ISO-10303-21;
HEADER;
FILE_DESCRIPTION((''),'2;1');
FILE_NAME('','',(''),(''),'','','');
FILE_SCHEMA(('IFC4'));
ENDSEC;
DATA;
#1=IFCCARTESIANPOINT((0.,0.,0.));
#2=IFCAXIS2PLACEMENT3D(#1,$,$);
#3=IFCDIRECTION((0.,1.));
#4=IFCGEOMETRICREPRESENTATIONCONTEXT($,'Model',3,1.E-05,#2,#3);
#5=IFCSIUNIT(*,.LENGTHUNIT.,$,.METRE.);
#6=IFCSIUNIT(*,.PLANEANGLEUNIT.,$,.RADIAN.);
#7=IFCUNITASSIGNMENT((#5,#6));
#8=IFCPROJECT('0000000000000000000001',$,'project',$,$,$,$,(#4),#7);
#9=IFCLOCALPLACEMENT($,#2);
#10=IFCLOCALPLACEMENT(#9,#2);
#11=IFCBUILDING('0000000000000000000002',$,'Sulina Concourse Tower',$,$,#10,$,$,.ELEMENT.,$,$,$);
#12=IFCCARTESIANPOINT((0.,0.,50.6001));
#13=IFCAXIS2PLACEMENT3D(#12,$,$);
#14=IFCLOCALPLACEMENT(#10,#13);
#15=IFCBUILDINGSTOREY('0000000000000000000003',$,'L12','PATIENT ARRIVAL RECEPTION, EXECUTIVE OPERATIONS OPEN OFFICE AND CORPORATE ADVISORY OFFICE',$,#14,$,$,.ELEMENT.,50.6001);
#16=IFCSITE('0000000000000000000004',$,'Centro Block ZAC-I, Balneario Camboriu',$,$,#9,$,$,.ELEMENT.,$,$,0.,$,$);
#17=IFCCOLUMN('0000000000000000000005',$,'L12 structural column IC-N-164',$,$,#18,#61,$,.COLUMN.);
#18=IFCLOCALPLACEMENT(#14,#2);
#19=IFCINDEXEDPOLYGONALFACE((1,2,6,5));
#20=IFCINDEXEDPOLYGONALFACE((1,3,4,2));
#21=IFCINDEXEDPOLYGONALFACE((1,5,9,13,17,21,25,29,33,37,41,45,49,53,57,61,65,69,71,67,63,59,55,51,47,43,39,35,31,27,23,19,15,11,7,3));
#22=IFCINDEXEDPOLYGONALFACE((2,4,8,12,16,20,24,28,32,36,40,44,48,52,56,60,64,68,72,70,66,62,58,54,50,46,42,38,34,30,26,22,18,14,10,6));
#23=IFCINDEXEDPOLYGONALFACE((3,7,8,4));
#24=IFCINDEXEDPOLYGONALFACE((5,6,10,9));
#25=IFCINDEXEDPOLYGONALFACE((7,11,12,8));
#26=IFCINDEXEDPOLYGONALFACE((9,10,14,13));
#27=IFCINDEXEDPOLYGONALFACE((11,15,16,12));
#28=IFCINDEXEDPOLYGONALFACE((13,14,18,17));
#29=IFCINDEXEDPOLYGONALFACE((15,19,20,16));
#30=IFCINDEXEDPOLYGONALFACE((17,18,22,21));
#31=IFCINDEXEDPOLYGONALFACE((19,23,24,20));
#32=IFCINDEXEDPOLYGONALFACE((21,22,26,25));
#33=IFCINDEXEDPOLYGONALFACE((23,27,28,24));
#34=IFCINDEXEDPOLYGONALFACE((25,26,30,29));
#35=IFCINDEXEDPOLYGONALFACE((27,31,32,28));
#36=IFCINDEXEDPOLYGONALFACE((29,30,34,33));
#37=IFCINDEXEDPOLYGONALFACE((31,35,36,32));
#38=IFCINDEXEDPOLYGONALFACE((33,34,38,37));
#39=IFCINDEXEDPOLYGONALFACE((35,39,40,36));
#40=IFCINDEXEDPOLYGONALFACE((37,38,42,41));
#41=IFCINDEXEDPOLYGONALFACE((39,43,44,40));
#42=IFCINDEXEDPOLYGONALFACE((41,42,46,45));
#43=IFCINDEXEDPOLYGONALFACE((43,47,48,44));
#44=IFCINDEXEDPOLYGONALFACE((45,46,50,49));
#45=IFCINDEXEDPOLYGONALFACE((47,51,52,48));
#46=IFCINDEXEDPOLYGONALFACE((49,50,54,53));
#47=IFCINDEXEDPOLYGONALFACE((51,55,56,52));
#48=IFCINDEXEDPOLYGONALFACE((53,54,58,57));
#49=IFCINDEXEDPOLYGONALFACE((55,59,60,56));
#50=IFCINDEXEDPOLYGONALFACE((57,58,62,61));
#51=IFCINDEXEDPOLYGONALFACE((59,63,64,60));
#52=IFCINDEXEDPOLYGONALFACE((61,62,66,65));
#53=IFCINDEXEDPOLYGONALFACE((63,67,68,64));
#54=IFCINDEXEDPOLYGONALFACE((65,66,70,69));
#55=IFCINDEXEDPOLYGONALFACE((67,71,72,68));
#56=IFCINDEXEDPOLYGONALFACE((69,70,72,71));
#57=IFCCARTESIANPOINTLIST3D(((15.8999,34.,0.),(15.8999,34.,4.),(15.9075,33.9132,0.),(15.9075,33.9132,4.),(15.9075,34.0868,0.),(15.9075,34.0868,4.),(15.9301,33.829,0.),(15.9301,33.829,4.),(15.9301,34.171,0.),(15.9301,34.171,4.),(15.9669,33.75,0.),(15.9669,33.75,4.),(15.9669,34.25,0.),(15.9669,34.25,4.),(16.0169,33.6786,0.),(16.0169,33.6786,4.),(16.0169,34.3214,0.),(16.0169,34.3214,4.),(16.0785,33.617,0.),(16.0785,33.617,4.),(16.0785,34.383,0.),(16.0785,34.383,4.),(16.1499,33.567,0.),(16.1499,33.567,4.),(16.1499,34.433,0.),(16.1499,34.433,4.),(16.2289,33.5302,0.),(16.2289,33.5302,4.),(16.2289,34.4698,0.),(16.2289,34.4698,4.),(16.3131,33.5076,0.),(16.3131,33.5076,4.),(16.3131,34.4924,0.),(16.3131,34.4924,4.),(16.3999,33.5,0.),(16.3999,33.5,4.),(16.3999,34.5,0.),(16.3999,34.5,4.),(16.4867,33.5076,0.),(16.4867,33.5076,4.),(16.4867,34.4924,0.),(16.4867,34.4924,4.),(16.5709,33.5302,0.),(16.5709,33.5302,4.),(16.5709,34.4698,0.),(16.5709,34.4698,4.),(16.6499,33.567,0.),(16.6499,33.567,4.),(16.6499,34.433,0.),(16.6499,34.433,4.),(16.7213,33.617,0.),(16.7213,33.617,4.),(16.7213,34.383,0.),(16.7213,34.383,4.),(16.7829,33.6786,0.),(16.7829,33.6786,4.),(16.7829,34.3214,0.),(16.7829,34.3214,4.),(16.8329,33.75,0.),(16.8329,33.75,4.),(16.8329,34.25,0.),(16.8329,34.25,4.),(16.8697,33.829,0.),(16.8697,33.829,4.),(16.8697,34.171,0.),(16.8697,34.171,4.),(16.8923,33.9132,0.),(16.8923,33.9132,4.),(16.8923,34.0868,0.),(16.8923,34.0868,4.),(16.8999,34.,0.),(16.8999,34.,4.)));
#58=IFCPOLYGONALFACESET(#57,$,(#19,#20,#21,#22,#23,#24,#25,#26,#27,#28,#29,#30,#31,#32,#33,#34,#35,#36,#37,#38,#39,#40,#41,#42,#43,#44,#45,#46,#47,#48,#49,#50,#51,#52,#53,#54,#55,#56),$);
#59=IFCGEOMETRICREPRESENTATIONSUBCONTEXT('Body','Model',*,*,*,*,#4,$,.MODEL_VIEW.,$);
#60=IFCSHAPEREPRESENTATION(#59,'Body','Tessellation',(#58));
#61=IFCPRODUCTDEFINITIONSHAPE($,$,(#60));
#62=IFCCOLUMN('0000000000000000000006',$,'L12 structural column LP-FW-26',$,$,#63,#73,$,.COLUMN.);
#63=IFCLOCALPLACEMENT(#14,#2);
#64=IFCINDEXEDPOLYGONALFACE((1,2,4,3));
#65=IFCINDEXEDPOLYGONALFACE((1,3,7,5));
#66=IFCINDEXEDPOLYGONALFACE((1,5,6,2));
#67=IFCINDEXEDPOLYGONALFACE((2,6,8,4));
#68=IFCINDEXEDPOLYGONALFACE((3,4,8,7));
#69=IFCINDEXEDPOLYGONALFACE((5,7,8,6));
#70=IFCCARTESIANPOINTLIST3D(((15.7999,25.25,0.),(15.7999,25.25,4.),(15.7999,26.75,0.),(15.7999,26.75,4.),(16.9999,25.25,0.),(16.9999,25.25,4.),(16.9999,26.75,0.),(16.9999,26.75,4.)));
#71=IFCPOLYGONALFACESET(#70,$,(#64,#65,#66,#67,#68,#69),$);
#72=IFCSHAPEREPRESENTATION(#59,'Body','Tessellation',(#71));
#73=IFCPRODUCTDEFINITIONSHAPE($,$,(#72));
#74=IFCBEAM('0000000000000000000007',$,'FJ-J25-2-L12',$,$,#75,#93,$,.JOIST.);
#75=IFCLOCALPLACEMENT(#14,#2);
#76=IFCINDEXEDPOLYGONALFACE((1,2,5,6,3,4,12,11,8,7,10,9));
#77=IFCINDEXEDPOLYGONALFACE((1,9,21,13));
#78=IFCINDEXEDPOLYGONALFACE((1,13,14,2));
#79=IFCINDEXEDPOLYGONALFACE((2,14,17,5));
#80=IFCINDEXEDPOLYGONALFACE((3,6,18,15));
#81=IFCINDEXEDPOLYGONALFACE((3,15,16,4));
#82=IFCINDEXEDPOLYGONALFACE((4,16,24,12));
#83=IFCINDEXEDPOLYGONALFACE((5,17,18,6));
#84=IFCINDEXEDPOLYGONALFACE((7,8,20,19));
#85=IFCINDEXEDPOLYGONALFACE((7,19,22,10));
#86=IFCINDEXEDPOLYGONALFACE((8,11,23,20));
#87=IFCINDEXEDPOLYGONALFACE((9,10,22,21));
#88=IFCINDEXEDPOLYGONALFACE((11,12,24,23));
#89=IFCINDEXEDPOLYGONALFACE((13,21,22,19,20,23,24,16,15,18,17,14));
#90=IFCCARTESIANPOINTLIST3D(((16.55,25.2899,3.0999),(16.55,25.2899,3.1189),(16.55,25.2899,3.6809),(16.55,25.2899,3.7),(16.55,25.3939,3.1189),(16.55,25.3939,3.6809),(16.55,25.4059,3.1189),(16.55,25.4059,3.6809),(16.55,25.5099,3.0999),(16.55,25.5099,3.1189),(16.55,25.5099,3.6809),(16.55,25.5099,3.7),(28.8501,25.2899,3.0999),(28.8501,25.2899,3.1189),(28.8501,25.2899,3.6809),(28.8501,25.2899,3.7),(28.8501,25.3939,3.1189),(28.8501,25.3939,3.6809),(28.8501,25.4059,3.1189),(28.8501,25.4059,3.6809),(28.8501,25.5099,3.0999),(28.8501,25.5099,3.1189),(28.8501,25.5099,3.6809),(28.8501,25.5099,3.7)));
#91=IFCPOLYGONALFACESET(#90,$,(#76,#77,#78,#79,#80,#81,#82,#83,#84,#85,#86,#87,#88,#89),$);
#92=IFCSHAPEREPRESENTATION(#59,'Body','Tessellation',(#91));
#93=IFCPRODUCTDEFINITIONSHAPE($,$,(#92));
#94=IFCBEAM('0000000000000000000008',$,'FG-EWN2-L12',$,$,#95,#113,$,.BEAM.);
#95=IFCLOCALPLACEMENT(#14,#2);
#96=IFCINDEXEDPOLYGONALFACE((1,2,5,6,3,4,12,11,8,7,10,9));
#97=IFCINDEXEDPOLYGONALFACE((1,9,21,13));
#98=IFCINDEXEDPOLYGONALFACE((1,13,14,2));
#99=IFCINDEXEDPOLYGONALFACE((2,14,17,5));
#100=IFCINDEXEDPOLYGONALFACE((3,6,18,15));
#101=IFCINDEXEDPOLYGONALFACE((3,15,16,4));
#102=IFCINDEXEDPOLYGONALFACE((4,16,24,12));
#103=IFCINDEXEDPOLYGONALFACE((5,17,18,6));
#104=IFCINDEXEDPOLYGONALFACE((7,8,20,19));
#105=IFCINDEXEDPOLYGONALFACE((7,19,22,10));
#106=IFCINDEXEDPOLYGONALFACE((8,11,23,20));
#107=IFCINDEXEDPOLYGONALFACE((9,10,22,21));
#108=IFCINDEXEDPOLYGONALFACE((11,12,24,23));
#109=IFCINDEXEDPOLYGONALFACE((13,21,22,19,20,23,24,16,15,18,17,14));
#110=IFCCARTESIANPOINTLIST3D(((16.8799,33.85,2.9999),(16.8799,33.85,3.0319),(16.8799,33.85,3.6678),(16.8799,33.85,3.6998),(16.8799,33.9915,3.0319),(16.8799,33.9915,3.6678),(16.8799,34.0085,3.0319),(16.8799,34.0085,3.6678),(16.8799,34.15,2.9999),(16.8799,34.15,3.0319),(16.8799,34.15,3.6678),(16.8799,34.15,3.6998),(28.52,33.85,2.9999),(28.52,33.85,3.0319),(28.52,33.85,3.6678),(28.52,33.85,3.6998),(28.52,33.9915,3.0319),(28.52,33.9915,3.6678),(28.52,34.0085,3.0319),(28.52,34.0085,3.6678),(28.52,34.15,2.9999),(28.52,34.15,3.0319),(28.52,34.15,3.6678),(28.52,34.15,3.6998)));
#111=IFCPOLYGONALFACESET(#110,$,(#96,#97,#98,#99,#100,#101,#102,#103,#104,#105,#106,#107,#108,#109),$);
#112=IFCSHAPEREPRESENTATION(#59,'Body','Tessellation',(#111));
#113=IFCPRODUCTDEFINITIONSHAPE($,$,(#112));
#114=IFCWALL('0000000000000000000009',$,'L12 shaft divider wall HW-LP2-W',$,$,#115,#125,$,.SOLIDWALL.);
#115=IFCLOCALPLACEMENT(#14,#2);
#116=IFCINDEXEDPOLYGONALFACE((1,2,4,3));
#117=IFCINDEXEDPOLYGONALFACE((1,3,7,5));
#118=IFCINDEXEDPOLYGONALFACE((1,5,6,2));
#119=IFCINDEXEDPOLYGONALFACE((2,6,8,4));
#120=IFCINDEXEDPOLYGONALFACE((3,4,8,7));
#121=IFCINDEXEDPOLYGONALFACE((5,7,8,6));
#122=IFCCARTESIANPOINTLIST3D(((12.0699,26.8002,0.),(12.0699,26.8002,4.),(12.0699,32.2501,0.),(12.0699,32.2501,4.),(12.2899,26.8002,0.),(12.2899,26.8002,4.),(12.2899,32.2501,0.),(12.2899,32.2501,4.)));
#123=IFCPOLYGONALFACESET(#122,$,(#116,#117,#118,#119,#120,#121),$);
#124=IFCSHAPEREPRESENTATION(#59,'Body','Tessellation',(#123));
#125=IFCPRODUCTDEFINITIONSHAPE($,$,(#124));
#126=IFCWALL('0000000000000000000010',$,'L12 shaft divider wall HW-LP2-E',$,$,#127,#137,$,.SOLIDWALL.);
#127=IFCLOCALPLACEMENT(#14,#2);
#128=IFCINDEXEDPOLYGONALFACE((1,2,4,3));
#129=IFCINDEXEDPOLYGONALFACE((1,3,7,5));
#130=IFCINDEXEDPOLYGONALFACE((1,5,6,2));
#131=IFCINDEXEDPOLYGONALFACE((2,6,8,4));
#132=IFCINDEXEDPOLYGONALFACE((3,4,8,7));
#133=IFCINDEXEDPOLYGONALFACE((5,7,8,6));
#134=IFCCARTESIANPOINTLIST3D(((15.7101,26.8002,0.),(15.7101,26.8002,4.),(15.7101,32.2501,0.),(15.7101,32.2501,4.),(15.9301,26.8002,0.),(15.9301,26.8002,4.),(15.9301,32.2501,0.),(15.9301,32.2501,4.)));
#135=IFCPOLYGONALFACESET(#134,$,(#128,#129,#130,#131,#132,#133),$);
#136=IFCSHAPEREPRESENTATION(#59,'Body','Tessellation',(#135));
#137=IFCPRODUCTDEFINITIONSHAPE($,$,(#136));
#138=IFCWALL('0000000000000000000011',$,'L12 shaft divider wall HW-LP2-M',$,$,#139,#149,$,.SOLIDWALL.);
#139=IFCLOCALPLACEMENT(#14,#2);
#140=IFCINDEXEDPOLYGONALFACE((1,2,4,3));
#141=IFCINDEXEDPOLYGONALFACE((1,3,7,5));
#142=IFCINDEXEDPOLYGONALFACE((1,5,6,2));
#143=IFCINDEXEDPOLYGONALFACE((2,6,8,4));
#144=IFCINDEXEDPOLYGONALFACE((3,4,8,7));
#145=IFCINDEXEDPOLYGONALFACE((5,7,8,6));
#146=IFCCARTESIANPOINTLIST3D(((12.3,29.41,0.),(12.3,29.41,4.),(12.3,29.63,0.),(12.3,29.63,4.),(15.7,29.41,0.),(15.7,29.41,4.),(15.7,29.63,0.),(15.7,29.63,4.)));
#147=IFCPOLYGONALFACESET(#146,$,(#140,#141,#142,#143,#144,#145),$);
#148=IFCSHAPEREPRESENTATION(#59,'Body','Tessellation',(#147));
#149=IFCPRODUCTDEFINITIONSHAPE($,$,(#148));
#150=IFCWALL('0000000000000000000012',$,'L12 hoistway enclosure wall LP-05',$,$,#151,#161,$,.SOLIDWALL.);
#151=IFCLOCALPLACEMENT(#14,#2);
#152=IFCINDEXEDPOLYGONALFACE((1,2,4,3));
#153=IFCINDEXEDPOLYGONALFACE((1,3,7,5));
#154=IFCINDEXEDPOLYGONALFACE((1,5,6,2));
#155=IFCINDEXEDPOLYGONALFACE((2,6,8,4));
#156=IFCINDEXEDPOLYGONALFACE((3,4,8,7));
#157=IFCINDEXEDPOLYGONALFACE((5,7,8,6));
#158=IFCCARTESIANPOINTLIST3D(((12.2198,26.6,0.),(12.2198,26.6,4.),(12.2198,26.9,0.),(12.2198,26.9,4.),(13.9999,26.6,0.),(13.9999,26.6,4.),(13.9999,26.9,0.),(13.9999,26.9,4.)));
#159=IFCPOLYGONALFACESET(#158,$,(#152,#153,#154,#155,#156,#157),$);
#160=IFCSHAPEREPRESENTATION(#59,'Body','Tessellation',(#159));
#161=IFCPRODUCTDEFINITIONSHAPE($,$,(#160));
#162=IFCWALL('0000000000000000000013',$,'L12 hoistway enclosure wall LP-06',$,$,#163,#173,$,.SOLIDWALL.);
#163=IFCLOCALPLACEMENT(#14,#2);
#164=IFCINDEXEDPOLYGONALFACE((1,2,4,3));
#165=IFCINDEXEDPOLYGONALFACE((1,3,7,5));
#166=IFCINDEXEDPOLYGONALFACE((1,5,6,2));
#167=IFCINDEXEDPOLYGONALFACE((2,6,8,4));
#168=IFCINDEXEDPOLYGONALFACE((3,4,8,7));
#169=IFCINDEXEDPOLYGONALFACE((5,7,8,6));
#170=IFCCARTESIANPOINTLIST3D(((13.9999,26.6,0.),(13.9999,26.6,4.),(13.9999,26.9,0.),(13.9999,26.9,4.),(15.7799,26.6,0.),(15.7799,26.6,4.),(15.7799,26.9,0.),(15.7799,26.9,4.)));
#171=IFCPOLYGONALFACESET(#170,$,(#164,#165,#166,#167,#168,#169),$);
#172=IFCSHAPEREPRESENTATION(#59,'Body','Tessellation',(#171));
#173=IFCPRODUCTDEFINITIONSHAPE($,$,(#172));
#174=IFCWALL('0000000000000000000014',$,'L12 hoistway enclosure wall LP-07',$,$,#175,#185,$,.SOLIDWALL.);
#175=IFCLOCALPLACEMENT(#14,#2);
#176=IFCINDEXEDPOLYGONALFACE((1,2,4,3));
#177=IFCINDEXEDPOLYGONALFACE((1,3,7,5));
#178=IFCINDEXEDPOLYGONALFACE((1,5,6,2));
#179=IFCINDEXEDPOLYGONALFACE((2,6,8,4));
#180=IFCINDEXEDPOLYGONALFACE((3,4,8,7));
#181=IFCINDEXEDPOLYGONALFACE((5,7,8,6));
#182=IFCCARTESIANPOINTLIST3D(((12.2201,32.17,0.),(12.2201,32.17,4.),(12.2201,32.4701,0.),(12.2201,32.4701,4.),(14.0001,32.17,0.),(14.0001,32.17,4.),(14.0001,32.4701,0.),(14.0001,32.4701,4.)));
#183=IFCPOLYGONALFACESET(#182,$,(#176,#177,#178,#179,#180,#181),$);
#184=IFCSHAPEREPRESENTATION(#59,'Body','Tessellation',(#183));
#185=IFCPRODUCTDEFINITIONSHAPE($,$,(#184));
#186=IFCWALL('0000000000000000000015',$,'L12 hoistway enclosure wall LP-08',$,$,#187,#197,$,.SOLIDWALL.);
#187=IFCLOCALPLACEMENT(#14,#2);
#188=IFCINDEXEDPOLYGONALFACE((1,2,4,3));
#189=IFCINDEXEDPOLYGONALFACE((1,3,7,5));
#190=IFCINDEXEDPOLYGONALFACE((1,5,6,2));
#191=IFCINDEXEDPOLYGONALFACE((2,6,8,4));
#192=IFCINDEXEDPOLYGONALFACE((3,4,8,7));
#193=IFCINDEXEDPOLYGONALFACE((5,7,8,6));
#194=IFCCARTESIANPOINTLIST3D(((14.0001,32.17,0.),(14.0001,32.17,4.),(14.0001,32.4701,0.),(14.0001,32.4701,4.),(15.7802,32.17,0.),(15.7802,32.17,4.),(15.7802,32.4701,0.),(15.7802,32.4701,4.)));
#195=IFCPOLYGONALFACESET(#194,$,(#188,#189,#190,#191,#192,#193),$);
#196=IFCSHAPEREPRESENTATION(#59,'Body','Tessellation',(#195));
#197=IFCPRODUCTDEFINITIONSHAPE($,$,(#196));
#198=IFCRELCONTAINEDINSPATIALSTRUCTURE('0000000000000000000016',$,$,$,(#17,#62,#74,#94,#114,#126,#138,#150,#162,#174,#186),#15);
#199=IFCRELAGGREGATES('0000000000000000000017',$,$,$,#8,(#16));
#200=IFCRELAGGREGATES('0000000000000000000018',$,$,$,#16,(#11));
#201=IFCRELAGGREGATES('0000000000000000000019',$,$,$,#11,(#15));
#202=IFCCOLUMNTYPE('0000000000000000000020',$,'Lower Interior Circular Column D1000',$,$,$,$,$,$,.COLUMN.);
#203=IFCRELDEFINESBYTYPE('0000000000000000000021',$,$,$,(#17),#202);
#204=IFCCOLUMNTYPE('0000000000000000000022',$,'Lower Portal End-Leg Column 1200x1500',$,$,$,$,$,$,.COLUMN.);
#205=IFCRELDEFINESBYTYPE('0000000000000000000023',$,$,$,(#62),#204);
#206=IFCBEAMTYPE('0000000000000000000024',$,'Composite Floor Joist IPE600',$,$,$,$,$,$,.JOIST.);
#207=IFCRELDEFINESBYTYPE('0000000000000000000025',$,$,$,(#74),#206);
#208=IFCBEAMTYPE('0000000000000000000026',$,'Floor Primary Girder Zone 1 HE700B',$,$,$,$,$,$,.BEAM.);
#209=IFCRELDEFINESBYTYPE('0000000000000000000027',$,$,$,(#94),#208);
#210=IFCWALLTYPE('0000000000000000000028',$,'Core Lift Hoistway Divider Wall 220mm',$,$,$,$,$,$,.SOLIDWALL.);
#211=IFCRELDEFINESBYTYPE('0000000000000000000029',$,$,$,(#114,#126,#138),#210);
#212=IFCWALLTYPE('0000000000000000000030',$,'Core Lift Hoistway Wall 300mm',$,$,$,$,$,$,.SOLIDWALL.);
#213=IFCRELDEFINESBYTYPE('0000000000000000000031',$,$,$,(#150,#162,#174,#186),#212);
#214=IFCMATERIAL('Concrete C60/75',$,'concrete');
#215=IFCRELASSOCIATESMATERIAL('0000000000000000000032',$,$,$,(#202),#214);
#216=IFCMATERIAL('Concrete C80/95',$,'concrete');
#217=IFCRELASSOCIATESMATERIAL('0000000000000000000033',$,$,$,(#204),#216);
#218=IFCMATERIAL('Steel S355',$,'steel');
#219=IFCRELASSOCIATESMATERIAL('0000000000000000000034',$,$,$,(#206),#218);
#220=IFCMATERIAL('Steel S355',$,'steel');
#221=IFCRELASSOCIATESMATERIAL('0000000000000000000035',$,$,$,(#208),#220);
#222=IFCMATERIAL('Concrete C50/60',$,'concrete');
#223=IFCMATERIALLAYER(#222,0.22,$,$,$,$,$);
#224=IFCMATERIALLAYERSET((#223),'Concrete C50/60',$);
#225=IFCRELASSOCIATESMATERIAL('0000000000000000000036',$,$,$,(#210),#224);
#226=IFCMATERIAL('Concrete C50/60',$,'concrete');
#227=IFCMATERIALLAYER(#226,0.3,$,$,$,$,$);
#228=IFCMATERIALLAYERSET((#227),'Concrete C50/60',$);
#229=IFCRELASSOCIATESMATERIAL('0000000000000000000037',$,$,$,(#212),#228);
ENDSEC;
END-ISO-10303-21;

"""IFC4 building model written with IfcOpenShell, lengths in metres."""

from ifc_helpers import new_model, si_unit, direction, frame, frame_2d, origin, origin_2d, place, context, subcontext, project, spatial, rectangle, circle, i_section, extrude, material, layer, layer_set, material_profile, profile_set, type_object, element, save


model = new_model("IFC4")

# Units and contexts
model_context = context("Model", 3, precision=1e-05, world=origin(), true_north=direction((0.0, 1.0)))
body_context = subcontext(model_context, "Body", "Model", "MODEL_VIEW")
ifc_project = project(units=[si_unit("LENGTHUNIT", "METRE"), si_unit("PLANEANGLEUNIT", "RADIAN")], contexts=[model_context])

# Site, building, storey
site_placement = place(None, origin())
site = spatial("IfcSite", under=ifc_project, at=site_placement, Name="Centro Block ZAC-I, Balneario Camboriu", CompositionType="ELEMENT", RefElevation=0.0)
building_placement = place(site_placement, origin())
building = spatial("IfcBuilding", under=site, at=building_placement, Name="Sulina Concourse Tower", CompositionType="ELEMENT")
storey_placement = place(building_placement, frame((0.0, 0.0, 50.6001)))
storey = spatial("IfcBuildingStorey", under=building, at=storey_placement, Name="L12", Description="PATIENT ARRIVAL RECEPTION, EXECUTIVE OPERATIONS OPEN OFFICE AND CORPORATE ADVISORY OFFICE", CompositionType="ELEMENT", Elevation=50.6001)

# Columns
ifc_material_1 = material(Name="Concrete C60/75", Category="concrete")
ifc_material_profile_1 = material_profile(ifc_material_1, circle(Radius=0.5, at=origin_2d()), Name="RC D1000")
ifc_profile_set_1 = profile_set([ifc_material_profile_1], Name="Concrete C60/75")
column_type_1 = type_object("IfcColumnType", Name="Lower Interior Circular Column D1000", PredefinedType="COLUMN", material=ifc_profile_set_1)
column_1_placement = place(storey_placement, frame((16.3999, 34.0, 0.0), z_axis=(0.0, 0.0, 1.0), x_axis=(1.0, 0.0, 0.0)))
element("IfcColumn", 1, at=column_1_placement, inside=storey, type_object=column_type_1, Name="L12 structural column IC-N-164", PredefinedType="COLUMN", context=body_context, shape_type="SweptSolid", body=[
    extrude(circle(Radius=0.5, at=origin_2d()), origin(), (0.0, 0.0, 1.0), 4.0),
])
ifc_material_2 = material(Name="Concrete C80/95", Category="concrete")
ifc_material_profile_2 = material_profile(ifc_material_2, rectangle(XDim=1.2, YDim=1.5, at=origin_2d()), Name="RC 1200x1500")
ifc_profile_set_2 = profile_set([ifc_material_profile_2], Name="Concrete C80/95")
column_type_2 = type_object("IfcColumnType", Name="Lower Portal End-Leg Column 1200x1500", PredefinedType="COLUMN", material=ifc_profile_set_2)
column_2_placement = place(storey_placement, frame((16.3999, 26.0, 0.0), z_axis=(0.0, 0.0, 1.0), x_axis=(1.0, 0.0, 0.0)))
element("IfcColumn", 2, at=column_2_placement, inside=storey, type_object=column_type_2, Name="L12 structural column LP-FW-26", PredefinedType="COLUMN", context=body_context, shape_type="SweptSolid", body=[
    extrude(rectangle(XDim=1.2, YDim=1.5, at=origin_2d()), origin(), (0.0, 0.0, 1.0), 4.0),
])

# Beams
ifc_material_3 = material(Name="Steel S355", Category="steel")
ifc_material_profile_3 = material_profile(ifc_material_3, i_section(OverallWidth=0.22, OverallDepth=0.6001, WebThickness=0.012, FlangeThickness=0.019, at=origin_2d()), Name="IPE 600")
ifc_profile_set_3 = profile_set([ifc_material_profile_3], Name="Steel S355")
beam_type_1 = type_object("IfcBeamType", Name="Composite Floor Joist IPE600", PredefinedType="JOIST", material=ifc_profile_set_3)
beam_1_placement = place(storey_placement, frame((16.55, 25.3999, 3.3999), z_axis=(1.0, 0.0, 0.0), x_axis=(0.0, 1.0, 0.0)))
element("IfcBeam", 3, at=beam_1_placement, inside=storey, type_object=beam_type_1, Name="FJ-J25-2-L12", PredefinedType="JOIST", context=body_context, shape_type="SweptSolid", body=[
    extrude(i_section(OverallWidth=0.22, OverallDepth=0.6001, WebThickness=0.012, FlangeThickness=0.019, at=origin_2d()), origin(), (0.0, 0.0, 1.0), 12.3),
])
ifc_material_4 = material(Name="Steel S355", Category="steel")
ifc_material_profile_4 = material_profile(ifc_material_4, i_section(OverallWidth=0.3, OverallDepth=0.7, WebThickness=0.0171, FlangeThickness=0.032, at=origin_2d()), Name="HE 700 B")
ifc_profile_set_4 = profile_set([ifc_material_profile_4], Name="Steel S355")
beam_type_2 = type_object("IfcBeamType", Name="Floor Primary Girder Zone 1 HE700B", PredefinedType="BEAM", material=ifc_profile_set_4)
beam_2_placement = place(storey_placement, frame((16.8799, 34.0, 3.3499), z_axis=(1.0, 0.0, 0.0), x_axis=(0.0, 1.0, 0.0)))
element("IfcBeam", 4, at=beam_2_placement, inside=storey, type_object=beam_type_2, Name="FG-EWN2-L12", PredefinedType="BEAM", context=body_context, shape_type="SweptSolid", body=[
    extrude(i_section(OverallWidth=0.3, OverallDepth=0.7, WebThickness=0.0171, FlangeThickness=0.032, at=origin_2d()), origin(), (0.0, 0.0, 1.0), 11.6401),
])

# Walls
ifc_material_5 = material(Name="Concrete C50/60", Category="concrete")
ifc_layer_1 = layer(ifc_material_5, 0.22)
ifc_layer_set_1 = layer_set([ifc_layer_1], Name="Concrete C50/60")
wall_type_1 = type_object("IfcWallType", Name="Core Lift Hoistway Divider Wall 220mm", PredefinedType="SOLIDWALL", material=ifc_layer_set_1)
for number, where, z_axis, x_axis, name in (
    (5, (12.1799, 26.8, 0.0), (0.0, 0.0, 1.0), (0.0, 1.0, 0.0), "L12 shaft divider wall HW-LP2-W"),
    (6, (15.8201, 26.8, 0.0), (0.0, 0.0, 1.0), (0.0, 1.0, 0.0), "L12 shaft divider wall HW-LP2-E"),
):
    element("IfcWall", number, at=place(storey_placement, frame(where, z_axis=z_axis, x_axis=x_axis)), inside=storey, type_object=wall_type_1, Name=name, PredefinedType="SOLIDWALL", context=body_context, shape_type="SweptSolid", body=[
        extrude(rectangle(XDim=5.45, YDim=0.22, at=frame_2d((2.7251, 0.0))), origin(), (0.0, 0.0, 1.0), 4.0),
    ])
wall_1_placement = place(storey_placement, frame((12.3, 29.52, 0.0), z_axis=(0.0, 0.0, 1.0), x_axis=(1.0, 0.0, 0.0)))
element("IfcWall", 7, at=wall_1_placement, inside=storey, type_object=wall_type_1, Name="L12 shaft divider wall HW-LP2-M", PredefinedType="SOLIDWALL", context=body_context, shape_type="SweptSolid", body=[
    extrude(rectangle(XDim=3.3999, YDim=0.22, at=frame_2d((1.7, 0.0))), origin(), (0.0, 0.0, 1.0), 4.0),
])
ifc_material_6 = material(Name="Concrete C50/60", Category="concrete")
ifc_layer_2 = layer(ifc_material_6, 0.3)
ifc_layer_set_2 = layer_set([ifc_layer_2], Name="Concrete C50/60")
wall_type_2 = type_object("IfcWallType", Name="Core Lift Hoistway Wall 300mm", PredefinedType="SOLIDWALL", material=ifc_layer_set_2)
for number, where, z_axis, x_axis, name in (
    (8, (14.0, 26.75, 0.0), (0.0, 0.0, 1.0), (-1.0, 0.0, 0.0), "L12 hoistway enclosure wall LP-05"),
    (9, (15.78, 26.75, 0.0), (0.0, 0.0, 1.0), (-1.0, 0.0, 0.0), "L12 hoistway enclosure wall LP-06"),
    (10, (12.22, 32.3201, 0.0), (0.0, 0.0, 1.0), (1.0, 0.0, 0.0), "L12 hoistway enclosure wall LP-07"),
    (11, (14.0, 32.3201, 0.0), (0.0, 0.0, 1.0), (1.0, 0.0, 0.0), "L12 hoistway enclosure wall LP-08"),
):
    element("IfcWall", number, at=place(storey_placement, frame(where, z_axis=z_axis, x_axis=x_axis)), inside=storey, type_object=wall_type_2, Name=name, PredefinedType="SOLIDWALL", context=body_context, shape_type="SweptSolid", body=[
        extrude(rectangle(XDim=1.78, YDim=0.3, at=frame_2d((0.8901, 0.0))), origin(), (0.0, 0.0, 1.0), 4.0),
    ])

save(model, "model.ifc")
